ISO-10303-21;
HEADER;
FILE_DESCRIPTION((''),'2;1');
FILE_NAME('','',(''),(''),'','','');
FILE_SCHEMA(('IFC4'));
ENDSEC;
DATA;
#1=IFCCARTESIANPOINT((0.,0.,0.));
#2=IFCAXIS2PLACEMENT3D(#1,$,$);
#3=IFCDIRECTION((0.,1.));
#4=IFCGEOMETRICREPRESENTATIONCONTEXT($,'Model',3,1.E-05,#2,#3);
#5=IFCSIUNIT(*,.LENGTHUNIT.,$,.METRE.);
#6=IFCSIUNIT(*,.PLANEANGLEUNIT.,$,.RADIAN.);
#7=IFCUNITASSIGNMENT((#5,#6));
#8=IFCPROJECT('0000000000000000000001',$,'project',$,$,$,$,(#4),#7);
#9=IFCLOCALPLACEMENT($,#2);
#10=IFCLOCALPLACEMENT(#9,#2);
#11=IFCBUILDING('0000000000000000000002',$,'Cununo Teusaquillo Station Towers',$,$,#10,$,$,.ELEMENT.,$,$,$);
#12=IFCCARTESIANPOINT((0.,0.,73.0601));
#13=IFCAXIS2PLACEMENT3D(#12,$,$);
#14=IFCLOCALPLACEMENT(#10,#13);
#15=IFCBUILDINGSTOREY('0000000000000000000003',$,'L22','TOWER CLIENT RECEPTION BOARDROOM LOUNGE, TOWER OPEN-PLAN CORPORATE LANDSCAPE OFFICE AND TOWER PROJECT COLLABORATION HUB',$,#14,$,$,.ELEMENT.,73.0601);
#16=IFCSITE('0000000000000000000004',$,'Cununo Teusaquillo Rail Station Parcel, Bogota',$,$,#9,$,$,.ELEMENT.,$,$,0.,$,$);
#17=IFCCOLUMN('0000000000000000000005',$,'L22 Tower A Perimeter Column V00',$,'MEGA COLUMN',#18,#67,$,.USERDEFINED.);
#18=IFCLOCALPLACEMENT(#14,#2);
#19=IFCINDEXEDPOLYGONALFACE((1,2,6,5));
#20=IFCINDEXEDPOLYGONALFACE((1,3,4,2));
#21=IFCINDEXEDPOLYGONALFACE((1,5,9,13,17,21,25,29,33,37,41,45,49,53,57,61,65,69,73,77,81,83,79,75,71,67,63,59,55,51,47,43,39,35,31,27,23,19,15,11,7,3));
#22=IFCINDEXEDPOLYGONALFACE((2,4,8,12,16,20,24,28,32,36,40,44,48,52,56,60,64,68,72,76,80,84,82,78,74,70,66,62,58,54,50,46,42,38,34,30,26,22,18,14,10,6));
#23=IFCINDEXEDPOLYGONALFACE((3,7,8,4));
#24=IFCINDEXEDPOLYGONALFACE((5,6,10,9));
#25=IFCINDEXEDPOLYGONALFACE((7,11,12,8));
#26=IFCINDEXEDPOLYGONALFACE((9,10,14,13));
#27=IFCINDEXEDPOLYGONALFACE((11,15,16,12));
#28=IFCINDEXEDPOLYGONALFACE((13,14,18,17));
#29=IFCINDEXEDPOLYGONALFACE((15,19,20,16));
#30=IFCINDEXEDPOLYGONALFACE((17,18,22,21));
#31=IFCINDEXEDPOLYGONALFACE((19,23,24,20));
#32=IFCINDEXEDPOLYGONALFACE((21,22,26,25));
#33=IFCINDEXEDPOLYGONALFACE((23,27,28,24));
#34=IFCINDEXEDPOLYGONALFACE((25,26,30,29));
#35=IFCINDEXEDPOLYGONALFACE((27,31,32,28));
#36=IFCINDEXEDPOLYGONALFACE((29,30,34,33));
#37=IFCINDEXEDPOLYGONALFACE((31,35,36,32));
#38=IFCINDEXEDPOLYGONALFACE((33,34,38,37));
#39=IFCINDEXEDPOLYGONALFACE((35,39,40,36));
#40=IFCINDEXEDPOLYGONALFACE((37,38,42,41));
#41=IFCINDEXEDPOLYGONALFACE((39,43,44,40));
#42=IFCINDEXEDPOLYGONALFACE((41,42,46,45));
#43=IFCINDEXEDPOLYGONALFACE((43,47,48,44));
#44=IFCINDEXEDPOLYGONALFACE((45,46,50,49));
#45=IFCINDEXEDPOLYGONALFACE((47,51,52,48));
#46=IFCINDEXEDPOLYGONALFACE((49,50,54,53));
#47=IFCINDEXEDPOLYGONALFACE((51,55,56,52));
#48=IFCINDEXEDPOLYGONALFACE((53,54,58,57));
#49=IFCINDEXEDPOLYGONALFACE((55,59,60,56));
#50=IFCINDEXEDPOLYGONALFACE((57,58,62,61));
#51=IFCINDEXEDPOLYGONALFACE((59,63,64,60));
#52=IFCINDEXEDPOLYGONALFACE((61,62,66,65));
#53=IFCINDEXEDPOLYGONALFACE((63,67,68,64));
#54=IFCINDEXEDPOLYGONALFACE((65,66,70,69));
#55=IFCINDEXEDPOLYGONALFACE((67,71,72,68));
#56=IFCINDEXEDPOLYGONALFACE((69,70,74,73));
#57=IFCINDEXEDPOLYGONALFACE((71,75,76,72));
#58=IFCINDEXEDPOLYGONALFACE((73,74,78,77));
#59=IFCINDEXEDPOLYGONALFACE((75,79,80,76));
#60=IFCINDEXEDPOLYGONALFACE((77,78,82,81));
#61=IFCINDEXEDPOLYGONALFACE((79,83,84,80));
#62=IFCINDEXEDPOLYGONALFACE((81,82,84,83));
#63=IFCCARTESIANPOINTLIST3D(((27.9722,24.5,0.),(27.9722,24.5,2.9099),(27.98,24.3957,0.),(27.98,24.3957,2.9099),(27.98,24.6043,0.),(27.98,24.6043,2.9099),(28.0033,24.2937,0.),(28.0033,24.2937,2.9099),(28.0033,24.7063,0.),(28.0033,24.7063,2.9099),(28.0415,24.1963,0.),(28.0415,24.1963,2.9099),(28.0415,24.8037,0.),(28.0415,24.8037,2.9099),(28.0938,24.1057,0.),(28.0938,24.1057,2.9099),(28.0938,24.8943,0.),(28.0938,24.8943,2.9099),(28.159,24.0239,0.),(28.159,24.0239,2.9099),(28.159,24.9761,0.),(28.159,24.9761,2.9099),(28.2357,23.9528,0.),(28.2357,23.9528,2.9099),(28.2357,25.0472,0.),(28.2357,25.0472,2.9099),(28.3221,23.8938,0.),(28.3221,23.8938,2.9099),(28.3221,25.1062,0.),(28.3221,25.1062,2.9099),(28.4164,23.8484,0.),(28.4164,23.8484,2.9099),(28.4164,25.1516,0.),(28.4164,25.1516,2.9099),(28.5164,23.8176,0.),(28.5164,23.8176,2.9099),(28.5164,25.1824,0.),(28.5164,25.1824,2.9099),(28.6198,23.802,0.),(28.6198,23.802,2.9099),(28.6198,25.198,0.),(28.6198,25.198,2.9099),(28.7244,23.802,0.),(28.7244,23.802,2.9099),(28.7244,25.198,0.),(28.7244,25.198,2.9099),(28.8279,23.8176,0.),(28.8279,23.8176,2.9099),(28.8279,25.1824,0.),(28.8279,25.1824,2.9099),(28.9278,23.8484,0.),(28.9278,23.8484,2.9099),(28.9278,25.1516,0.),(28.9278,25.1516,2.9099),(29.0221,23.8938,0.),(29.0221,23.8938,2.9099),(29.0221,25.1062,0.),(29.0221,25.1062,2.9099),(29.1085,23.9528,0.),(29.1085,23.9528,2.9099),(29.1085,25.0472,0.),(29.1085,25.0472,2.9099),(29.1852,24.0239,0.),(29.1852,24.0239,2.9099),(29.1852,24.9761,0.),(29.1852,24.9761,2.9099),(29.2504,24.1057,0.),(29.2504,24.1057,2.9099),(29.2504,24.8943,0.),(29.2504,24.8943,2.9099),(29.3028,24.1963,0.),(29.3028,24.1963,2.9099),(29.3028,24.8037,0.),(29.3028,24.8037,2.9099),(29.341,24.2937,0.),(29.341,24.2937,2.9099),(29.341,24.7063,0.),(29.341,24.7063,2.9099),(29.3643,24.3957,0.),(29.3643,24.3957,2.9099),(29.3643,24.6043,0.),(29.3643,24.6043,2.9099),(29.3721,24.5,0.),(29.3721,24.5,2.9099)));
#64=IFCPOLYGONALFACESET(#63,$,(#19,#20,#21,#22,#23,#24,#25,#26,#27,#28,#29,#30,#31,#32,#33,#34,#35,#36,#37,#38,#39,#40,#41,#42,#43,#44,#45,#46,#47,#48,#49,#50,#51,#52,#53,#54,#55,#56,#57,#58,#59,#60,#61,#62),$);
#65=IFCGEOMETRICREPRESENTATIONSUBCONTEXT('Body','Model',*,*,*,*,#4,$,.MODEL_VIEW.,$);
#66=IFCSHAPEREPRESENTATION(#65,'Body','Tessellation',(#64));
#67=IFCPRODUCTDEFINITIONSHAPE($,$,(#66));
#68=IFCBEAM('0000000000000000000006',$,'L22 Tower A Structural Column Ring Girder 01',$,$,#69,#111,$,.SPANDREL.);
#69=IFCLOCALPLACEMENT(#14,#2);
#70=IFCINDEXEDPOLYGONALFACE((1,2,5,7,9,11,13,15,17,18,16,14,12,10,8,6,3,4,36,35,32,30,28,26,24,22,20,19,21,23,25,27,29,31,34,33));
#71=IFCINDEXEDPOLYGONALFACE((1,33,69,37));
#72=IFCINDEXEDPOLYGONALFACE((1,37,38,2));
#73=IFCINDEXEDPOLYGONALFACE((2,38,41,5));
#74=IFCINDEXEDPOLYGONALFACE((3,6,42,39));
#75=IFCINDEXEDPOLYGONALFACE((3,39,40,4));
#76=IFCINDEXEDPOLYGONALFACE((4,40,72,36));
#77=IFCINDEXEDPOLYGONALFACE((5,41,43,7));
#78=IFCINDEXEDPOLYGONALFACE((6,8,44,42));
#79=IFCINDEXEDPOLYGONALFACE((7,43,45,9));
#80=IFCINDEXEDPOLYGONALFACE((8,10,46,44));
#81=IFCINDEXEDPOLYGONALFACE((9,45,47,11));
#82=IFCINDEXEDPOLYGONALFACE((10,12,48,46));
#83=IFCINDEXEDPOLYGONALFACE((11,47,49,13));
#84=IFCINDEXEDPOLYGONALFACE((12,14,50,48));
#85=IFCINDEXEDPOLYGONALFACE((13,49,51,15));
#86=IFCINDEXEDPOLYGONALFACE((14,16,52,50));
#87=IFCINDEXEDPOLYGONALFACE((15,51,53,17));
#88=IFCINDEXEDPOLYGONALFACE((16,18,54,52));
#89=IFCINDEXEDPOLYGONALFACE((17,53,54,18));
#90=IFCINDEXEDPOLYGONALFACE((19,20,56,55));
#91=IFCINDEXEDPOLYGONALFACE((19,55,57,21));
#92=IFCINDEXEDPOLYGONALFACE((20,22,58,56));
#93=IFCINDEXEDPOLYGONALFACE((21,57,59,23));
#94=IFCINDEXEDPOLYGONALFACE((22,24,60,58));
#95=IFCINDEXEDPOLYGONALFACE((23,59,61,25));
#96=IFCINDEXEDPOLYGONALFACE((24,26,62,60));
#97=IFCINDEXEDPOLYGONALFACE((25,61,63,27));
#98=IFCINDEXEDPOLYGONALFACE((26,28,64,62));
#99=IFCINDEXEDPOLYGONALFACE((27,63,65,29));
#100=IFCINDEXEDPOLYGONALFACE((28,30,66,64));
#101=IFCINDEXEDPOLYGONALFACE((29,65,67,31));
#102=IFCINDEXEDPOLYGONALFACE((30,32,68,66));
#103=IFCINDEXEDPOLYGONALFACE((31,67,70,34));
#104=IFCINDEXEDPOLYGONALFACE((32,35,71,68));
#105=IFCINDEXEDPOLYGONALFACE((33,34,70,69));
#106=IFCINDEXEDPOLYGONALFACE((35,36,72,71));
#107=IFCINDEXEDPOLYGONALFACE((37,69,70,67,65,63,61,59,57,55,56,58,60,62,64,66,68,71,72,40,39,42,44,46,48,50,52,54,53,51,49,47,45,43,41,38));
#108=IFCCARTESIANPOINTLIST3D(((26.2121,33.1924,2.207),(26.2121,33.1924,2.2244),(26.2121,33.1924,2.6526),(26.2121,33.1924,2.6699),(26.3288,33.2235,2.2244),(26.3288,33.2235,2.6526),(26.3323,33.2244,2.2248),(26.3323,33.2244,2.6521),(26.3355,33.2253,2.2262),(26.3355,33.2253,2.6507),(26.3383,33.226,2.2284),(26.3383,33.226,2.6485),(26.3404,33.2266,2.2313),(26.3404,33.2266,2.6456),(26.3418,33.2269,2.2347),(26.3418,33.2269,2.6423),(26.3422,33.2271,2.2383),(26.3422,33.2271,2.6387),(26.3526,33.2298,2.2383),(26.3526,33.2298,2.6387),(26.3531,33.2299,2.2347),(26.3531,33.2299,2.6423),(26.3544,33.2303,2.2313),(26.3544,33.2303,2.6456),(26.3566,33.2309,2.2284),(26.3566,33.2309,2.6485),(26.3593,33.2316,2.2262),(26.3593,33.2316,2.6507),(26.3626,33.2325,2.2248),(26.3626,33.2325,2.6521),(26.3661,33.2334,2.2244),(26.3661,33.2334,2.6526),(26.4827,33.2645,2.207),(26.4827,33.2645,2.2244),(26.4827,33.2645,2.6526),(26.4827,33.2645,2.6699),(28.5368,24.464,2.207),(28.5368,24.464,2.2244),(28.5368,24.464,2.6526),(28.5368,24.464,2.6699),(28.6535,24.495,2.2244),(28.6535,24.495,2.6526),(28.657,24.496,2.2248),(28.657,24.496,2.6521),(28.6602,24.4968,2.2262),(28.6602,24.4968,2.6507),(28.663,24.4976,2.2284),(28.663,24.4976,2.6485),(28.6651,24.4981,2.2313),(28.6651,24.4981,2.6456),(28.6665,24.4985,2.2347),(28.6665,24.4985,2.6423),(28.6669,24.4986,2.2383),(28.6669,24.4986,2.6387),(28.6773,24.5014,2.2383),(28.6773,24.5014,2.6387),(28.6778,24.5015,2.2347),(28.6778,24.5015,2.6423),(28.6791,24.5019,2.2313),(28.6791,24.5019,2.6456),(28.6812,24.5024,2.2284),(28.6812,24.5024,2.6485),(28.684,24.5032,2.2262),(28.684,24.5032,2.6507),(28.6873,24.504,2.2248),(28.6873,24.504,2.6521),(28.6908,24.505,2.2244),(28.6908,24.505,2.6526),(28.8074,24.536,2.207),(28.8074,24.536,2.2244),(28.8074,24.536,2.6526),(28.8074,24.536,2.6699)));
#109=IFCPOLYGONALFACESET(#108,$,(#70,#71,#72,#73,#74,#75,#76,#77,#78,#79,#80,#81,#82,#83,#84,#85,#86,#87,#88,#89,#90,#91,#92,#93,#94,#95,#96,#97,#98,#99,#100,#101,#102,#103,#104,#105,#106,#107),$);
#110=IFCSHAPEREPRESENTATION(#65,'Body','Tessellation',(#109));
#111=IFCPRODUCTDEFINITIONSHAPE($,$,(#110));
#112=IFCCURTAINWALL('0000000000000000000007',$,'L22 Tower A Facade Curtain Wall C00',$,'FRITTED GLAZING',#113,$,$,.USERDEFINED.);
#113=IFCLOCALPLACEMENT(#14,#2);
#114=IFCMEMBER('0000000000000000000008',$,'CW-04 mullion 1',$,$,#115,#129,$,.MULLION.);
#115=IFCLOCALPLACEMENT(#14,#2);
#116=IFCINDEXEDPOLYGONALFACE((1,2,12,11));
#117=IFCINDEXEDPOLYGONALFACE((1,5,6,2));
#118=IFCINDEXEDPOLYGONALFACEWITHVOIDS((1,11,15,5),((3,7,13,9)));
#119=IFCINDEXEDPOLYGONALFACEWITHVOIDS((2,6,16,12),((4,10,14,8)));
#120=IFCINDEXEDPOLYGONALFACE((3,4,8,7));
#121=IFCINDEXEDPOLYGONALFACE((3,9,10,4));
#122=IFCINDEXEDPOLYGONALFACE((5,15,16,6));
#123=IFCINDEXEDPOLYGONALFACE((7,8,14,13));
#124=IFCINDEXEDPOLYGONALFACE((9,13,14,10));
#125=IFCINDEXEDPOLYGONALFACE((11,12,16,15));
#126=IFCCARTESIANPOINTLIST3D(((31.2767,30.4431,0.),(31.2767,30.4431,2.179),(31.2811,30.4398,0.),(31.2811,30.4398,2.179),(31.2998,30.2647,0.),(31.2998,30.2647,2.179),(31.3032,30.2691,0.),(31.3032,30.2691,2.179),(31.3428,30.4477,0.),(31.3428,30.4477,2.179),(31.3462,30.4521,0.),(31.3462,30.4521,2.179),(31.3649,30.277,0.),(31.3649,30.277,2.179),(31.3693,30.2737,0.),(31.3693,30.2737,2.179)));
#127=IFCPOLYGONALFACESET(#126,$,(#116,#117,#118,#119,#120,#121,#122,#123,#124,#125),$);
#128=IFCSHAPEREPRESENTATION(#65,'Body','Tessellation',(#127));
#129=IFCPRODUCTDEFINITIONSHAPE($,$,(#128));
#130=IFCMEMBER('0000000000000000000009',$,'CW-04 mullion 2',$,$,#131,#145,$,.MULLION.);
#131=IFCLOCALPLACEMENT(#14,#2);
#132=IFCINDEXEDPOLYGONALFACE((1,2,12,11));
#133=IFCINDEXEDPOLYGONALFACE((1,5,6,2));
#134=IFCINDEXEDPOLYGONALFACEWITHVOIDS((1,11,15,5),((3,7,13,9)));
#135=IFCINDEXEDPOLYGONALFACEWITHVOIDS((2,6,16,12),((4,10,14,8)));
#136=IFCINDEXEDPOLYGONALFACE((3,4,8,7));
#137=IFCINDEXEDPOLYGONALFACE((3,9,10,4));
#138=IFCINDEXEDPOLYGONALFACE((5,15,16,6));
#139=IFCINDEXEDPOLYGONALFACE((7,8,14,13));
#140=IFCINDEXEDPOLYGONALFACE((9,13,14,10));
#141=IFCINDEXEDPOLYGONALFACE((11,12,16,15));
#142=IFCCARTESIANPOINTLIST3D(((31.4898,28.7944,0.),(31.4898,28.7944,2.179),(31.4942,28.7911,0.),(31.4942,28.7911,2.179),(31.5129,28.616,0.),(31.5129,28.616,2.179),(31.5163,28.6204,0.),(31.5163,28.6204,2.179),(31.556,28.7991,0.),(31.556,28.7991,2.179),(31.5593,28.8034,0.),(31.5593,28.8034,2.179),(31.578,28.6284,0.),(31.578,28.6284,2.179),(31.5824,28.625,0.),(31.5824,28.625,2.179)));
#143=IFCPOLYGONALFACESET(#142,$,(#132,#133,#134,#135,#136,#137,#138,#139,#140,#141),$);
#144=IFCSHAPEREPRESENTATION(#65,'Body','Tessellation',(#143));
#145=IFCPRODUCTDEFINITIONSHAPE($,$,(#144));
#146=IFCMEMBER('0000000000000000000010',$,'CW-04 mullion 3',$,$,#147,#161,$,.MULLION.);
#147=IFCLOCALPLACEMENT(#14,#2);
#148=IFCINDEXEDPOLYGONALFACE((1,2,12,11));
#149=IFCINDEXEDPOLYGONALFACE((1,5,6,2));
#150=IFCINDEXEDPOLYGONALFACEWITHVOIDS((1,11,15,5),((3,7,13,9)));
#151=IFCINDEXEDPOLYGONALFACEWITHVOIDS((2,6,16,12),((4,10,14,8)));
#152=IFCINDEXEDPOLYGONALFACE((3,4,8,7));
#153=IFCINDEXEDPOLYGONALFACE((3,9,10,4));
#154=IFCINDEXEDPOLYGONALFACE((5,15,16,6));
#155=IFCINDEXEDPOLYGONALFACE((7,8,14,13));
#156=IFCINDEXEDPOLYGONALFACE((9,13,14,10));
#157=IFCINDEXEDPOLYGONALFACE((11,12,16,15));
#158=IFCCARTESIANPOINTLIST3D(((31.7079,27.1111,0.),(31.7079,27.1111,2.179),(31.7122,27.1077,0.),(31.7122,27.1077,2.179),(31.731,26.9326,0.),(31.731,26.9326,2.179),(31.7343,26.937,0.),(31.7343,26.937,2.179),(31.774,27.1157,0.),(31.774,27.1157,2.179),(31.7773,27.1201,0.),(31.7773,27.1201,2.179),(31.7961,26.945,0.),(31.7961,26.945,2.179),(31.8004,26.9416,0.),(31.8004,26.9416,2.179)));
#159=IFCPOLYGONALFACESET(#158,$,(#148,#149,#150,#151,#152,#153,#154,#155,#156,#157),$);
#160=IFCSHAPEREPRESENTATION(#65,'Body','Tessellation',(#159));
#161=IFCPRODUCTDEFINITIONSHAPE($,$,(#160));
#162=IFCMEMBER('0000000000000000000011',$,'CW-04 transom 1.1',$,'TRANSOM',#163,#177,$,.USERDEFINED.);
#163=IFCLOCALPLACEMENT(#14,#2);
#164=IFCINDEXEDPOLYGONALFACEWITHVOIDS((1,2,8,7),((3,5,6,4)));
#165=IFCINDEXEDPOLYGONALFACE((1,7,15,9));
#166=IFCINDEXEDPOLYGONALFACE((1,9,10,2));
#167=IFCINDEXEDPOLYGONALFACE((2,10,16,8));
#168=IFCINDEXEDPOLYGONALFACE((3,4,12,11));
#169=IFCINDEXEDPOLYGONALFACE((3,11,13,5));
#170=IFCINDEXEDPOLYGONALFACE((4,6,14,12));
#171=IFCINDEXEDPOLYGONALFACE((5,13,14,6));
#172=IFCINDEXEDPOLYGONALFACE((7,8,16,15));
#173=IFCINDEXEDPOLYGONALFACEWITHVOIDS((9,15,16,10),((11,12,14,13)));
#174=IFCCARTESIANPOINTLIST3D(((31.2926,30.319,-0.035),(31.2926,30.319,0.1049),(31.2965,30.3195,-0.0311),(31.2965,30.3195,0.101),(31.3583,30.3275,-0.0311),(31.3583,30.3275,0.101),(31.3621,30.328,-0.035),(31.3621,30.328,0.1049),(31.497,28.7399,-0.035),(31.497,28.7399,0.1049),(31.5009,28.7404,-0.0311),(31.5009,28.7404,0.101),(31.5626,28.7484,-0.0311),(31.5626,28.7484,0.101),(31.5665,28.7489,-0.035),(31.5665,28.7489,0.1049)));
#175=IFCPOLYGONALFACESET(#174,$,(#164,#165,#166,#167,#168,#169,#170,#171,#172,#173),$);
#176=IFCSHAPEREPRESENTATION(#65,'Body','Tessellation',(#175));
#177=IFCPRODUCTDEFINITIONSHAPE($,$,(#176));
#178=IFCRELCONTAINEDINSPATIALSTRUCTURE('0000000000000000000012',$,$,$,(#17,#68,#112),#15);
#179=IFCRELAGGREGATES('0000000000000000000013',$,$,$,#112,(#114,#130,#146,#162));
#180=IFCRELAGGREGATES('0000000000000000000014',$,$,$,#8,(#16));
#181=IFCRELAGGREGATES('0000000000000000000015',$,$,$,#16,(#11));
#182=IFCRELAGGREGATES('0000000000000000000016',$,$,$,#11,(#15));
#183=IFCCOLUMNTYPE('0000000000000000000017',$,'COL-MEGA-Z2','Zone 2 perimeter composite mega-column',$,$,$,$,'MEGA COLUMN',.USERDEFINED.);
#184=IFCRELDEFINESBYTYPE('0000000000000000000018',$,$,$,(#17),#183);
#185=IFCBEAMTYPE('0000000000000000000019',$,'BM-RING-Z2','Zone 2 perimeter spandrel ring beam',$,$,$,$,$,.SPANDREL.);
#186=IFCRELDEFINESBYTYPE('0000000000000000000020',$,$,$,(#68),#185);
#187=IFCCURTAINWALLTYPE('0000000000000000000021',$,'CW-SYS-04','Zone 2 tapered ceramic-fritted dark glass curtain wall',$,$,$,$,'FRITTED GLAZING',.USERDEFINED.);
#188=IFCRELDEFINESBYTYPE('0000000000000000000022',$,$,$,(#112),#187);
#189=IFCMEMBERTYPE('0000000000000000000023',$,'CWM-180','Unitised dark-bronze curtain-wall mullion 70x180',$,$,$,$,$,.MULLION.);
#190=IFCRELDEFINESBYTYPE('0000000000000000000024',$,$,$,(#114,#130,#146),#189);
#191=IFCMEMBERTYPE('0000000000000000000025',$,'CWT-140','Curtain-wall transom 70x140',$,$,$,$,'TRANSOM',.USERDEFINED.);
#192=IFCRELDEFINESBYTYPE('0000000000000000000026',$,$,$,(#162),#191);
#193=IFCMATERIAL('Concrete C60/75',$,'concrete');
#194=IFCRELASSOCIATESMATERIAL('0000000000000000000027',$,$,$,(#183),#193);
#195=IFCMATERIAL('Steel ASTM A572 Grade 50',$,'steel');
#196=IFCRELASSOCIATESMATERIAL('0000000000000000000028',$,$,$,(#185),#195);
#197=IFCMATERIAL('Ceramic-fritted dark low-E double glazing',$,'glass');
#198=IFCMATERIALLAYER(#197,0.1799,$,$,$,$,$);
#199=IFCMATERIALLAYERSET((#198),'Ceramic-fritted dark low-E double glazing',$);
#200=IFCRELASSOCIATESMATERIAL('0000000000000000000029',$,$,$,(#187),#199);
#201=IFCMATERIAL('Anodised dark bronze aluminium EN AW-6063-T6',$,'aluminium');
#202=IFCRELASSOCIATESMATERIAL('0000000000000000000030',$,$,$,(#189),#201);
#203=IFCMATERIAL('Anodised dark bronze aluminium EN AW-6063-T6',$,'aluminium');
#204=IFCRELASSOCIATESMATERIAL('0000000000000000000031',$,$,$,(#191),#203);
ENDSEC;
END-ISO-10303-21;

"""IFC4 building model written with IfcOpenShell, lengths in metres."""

from ifc_helpers import new_model, si_unit, direction, frame, origin, origin_2d, place, context, subcontext, project, spatial, hollow_rectangle, circle, i_section, extrude, material, layer, layer_set, material_profile, profile_set, type_object, element, aggregate, save


model = new_model("IFC4")

# Units and contexts
model_context = context("Model", 3, precision=1e-05, world=origin(), true_north=direction((0.0, 1.0)))
body_context = subcontext(model_context, "Body", "Model", "MODEL_VIEW")
ifc_project = project(units=[si_unit("LENGTHUNIT", "METRE"), si_unit("PLANEANGLEUNIT", "RADIAN")], contexts=[model_context])

# Site, building, storey
site_placement = place(None, origin())
site = spatial("IfcSite", under=ifc_project, at=site_placement, Name="Cununo Teusaquillo Rail Station Parcel, Bogota", CompositionType="ELEMENT", RefElevation=0.0)
building_placement = place(site_placement, origin())
building = spatial("IfcBuilding", under=site, at=building_placement, Name="Cununo Teusaquillo Station Towers", CompositionType="ELEMENT")
storey_placement = place(building_placement, frame((0.0, 0.0, 73.0601)))
storey = spatial("IfcBuildingStorey", under=building, at=storey_placement, Name="L22", Description="TOWER CLIENT RECEPTION BOARDROOM LOUNGE, TOWER OPEN-PLAN CORPORATE LANDSCAPE OFFICE AND TOWER PROJECT COLLABORATION HUB", CompositionType="ELEMENT", Elevation=73.0601)

# Column
ifc_material_1 = material(Name="Concrete C60/75", Category="concrete")
ifc_material_profile_1 = material_profile(ifc_material_1, circle(Radius=0.7, at=origin_2d()), Name="RC-CIRC-1400")
ifc_profile_set_1 = profile_set([ifc_material_profile_1], Name="Concrete C60/75")
column_type = type_object("IfcColumnType", Name="COL-MEGA-Z2", Description="Zone 2 perimeter composite mega-column", ElementType="MEGA COLUMN", PredefinedType="USERDEFINED", material=ifc_profile_set_1)
column_placement = place(storey_placement, frame((28.6721, 24.5, 0.0), z_axis=(0.0, 0.0, 1.0), x_axis=(1.0, 0.0, 0.0)))
element("IfcColumn", 1, at=column_placement, inside=storey, type_object=column_type, Name="L22 Tower A Perimeter Column V00", ObjectType="MEGA COLUMN", PredefinedType="USERDEFINED", context=body_context, shape_type="SweptSolid", body=[
    extrude(circle(Radius=0.7, at=origin_2d()), origin(), (0.0, 0.0, 1.0), 2.9099),
])

# Beam
ifc_material_2 = material(Name="Steel ASTM A572 Grade 50", Category="steel")
ifc_material_profile_2 = material_profile(ifc_material_2, i_section(OverallWidth=0.28, OverallDepth=0.4629, WebThickness=0.0107, FlangeThickness=0.0173, FilletRadius=0.0139, at=origin_2d()), Name="W18X76")
ifc_profile_set_2 = profile_set([ifc_material_profile_2], Name="Steel ASTM A572 Grade 50")
beam_type = type_object("IfcBeamType", Name="BM-RING-Z2", Description="Zone 2 perimeter spandrel ring beam", PredefinedType="SPANDREL", material=ifc_profile_set_2)
beam_placement = place(storey_placement, frame((28.6721, 24.5, 2.4385), z_axis=(-0.257363, 0.966315, 0.0), x_axis=(-0.966315, -0.257363, 0.0)))
element("IfcBeam", 2, at=beam_placement, inside=storey, type_object=beam_type, Name="L22 Tower A Structural Column Ring Girder 01", PredefinedType="SPANDREL", context=body_context, shape_type="SweptSolid", body=[
    extrude(i_section(OverallWidth=0.28, OverallDepth=0.4629, WebThickness=0.0107, FlangeThickness=0.0173, FilletRadius=0.0139, at=origin_2d()), origin(), (0.0, 0.0, 1.0), 9.0327),
])

# Curtain wall, members
ifc_material_3 = material(Name="Ceramic-fritted dark low-E double glazing", Category="glass")
ifc_layer_1 = layer(ifc_material_3, 0.1799)
ifc_layer_set_1 = layer_set([ifc_layer_1], Name="Ceramic-fritted dark low-E double glazing")
curtain_wall_type = type_object("IfcCurtainWallType", Name="CW-SYS-04", Description="Zone 2 tapered ceramic-fritted dark glass curtain wall", ElementType="FRITTED GLAZING", PredefinedType="USERDEFINED", material=ifc_layer_set_1)
curtain_wall_placement = place(storey_placement, origin())
curtain_wall = element("IfcCurtainWall", 3, at=curtain_wall_placement, inside=storey, type_object=curtain_wall_type, Name="L22 Tower A Facade Curtain Wall C00", ObjectType="FRITTED GLAZING", PredefinedType="USERDEFINED")
ifc_material_4 = material(Name="Anodised dark bronze aluminium EN AW-6063-T6", Category="aluminium")
ifc_material_profile_3 = material_profile(ifc_material_4, hollow_rectangle(XDim=0.0701, YDim=0.1799, WallThickness=0.0039, at=origin_2d()), Name="CW-MULL-70x180")
ifc_profile_set_3 = profile_set([ifc_material_profile_3], Name="Anodised dark bronze aluminium EN AW-6063-T6")
member_type_1 = type_object("IfcMemberType", Name="CWM-180", Description="Unitised dark-bronze curtain-wall mullion 70x180", PredefinedType="MULLION", material=ifc_profile_set_3)
member_1_placement = place(storey_placement, frame((31.323, 30.3584, 0.0), z_axis=(0.0, 0.0, 1.0), x_axis=(0.991731, 0.128336, 0.0)))
member_1 = element("IfcMember", 4, at=member_1_placement, type_object=member_type_1, Name="CW-04 mullion 1", PredefinedType="MULLION", context=body_context, shape_type="SweptSolid", body=[
    extrude(hollow_rectangle(XDim=0.0701, YDim=0.1799, WallThickness=0.0039, at=origin_2d()), origin(), (0.0, 0.0, 1.0), 2.179),
])
member_2_placement = place(storey_placement, frame((31.5361, 28.7097, 0.0), z_axis=(0.0, 0.0, 1.0), x_axis=(0.991731, 0.128336, 0.0)))
member_2 = element("IfcMember", 5, at=member_2_placement, type_object=member_type_1, Name="CW-04 mullion 2", PredefinedType="MULLION", context=body_context, shape_type="SweptSolid", body=[
    extrude(hollow_rectangle(XDim=0.0701, YDim=0.1799, WallThickness=0.0039, at=origin_2d()), origin(), (0.0, 0.0, 1.0), 2.179),
])
member_3_placement = place(storey_placement, frame((31.7542, 27.0264, 0.0), z_axis=(0.0, 0.0, 1.0), x_axis=(0.991731, 0.128336, 0.0)))
member_3 = element("IfcMember", 6, at=member_3_placement, type_object=member_type_1, Name="CW-04 mullion 3", PredefinedType="MULLION", context=body_context, shape_type="SweptSolid", body=[
    extrude(hollow_rectangle(XDim=0.0701, YDim=0.1799, WallThickness=0.0039, at=origin_2d()), origin(), (0.0, 0.0, 1.0), 2.179),
])
ifc_material_5 = material(Name="Anodised dark bronze aluminium EN AW-6063-T6", Category="aluminium")
ifc_material_profile_4 = material_profile(ifc_material_5, hollow_rectangle(XDim=0.0701, YDim=0.1399, WallThickness=0.0039, at=origin_2d()), Name="CW-TRAN-70x140")
ifc_profile_set_4 = profile_set([ifc_material_profile_4], Name="Anodised dark bronze aluminium EN AW-6063-T6")
member_type_2 = type_object("IfcMemberType", Name="CWT-140", Description="Curtain-wall transom 70x140", ElementType="TRANSOM", PredefinedType="USERDEFINED", material=ifc_profile_set_4)
member_4_placement = place(storey_placement, frame((31.3274, 30.3235, 0.0349), z_axis=(0.128336, -0.991731, 0.0), x_axis=(0.991731, 0.128336, 0.0)))
member_4 = element("IfcMember", 7, at=member_4_placement, type_object=member_type_2, Name="CW-04 transom 1.1", ObjectType="TRANSOM", PredefinedType="USERDEFINED", context=body_context, shape_type="SweptSolid", body=[
    extrude(hollow_rectangle(XDim=0.0701, YDim=0.1399, WallThickness=0.0039, at=origin_2d()), origin(), (0.0, 0.0, 1.0), 1.5923),
])
aggregate(curtain_wall, [member_1, member_2, member_3, member_4])

save(model, "model.ifc")
